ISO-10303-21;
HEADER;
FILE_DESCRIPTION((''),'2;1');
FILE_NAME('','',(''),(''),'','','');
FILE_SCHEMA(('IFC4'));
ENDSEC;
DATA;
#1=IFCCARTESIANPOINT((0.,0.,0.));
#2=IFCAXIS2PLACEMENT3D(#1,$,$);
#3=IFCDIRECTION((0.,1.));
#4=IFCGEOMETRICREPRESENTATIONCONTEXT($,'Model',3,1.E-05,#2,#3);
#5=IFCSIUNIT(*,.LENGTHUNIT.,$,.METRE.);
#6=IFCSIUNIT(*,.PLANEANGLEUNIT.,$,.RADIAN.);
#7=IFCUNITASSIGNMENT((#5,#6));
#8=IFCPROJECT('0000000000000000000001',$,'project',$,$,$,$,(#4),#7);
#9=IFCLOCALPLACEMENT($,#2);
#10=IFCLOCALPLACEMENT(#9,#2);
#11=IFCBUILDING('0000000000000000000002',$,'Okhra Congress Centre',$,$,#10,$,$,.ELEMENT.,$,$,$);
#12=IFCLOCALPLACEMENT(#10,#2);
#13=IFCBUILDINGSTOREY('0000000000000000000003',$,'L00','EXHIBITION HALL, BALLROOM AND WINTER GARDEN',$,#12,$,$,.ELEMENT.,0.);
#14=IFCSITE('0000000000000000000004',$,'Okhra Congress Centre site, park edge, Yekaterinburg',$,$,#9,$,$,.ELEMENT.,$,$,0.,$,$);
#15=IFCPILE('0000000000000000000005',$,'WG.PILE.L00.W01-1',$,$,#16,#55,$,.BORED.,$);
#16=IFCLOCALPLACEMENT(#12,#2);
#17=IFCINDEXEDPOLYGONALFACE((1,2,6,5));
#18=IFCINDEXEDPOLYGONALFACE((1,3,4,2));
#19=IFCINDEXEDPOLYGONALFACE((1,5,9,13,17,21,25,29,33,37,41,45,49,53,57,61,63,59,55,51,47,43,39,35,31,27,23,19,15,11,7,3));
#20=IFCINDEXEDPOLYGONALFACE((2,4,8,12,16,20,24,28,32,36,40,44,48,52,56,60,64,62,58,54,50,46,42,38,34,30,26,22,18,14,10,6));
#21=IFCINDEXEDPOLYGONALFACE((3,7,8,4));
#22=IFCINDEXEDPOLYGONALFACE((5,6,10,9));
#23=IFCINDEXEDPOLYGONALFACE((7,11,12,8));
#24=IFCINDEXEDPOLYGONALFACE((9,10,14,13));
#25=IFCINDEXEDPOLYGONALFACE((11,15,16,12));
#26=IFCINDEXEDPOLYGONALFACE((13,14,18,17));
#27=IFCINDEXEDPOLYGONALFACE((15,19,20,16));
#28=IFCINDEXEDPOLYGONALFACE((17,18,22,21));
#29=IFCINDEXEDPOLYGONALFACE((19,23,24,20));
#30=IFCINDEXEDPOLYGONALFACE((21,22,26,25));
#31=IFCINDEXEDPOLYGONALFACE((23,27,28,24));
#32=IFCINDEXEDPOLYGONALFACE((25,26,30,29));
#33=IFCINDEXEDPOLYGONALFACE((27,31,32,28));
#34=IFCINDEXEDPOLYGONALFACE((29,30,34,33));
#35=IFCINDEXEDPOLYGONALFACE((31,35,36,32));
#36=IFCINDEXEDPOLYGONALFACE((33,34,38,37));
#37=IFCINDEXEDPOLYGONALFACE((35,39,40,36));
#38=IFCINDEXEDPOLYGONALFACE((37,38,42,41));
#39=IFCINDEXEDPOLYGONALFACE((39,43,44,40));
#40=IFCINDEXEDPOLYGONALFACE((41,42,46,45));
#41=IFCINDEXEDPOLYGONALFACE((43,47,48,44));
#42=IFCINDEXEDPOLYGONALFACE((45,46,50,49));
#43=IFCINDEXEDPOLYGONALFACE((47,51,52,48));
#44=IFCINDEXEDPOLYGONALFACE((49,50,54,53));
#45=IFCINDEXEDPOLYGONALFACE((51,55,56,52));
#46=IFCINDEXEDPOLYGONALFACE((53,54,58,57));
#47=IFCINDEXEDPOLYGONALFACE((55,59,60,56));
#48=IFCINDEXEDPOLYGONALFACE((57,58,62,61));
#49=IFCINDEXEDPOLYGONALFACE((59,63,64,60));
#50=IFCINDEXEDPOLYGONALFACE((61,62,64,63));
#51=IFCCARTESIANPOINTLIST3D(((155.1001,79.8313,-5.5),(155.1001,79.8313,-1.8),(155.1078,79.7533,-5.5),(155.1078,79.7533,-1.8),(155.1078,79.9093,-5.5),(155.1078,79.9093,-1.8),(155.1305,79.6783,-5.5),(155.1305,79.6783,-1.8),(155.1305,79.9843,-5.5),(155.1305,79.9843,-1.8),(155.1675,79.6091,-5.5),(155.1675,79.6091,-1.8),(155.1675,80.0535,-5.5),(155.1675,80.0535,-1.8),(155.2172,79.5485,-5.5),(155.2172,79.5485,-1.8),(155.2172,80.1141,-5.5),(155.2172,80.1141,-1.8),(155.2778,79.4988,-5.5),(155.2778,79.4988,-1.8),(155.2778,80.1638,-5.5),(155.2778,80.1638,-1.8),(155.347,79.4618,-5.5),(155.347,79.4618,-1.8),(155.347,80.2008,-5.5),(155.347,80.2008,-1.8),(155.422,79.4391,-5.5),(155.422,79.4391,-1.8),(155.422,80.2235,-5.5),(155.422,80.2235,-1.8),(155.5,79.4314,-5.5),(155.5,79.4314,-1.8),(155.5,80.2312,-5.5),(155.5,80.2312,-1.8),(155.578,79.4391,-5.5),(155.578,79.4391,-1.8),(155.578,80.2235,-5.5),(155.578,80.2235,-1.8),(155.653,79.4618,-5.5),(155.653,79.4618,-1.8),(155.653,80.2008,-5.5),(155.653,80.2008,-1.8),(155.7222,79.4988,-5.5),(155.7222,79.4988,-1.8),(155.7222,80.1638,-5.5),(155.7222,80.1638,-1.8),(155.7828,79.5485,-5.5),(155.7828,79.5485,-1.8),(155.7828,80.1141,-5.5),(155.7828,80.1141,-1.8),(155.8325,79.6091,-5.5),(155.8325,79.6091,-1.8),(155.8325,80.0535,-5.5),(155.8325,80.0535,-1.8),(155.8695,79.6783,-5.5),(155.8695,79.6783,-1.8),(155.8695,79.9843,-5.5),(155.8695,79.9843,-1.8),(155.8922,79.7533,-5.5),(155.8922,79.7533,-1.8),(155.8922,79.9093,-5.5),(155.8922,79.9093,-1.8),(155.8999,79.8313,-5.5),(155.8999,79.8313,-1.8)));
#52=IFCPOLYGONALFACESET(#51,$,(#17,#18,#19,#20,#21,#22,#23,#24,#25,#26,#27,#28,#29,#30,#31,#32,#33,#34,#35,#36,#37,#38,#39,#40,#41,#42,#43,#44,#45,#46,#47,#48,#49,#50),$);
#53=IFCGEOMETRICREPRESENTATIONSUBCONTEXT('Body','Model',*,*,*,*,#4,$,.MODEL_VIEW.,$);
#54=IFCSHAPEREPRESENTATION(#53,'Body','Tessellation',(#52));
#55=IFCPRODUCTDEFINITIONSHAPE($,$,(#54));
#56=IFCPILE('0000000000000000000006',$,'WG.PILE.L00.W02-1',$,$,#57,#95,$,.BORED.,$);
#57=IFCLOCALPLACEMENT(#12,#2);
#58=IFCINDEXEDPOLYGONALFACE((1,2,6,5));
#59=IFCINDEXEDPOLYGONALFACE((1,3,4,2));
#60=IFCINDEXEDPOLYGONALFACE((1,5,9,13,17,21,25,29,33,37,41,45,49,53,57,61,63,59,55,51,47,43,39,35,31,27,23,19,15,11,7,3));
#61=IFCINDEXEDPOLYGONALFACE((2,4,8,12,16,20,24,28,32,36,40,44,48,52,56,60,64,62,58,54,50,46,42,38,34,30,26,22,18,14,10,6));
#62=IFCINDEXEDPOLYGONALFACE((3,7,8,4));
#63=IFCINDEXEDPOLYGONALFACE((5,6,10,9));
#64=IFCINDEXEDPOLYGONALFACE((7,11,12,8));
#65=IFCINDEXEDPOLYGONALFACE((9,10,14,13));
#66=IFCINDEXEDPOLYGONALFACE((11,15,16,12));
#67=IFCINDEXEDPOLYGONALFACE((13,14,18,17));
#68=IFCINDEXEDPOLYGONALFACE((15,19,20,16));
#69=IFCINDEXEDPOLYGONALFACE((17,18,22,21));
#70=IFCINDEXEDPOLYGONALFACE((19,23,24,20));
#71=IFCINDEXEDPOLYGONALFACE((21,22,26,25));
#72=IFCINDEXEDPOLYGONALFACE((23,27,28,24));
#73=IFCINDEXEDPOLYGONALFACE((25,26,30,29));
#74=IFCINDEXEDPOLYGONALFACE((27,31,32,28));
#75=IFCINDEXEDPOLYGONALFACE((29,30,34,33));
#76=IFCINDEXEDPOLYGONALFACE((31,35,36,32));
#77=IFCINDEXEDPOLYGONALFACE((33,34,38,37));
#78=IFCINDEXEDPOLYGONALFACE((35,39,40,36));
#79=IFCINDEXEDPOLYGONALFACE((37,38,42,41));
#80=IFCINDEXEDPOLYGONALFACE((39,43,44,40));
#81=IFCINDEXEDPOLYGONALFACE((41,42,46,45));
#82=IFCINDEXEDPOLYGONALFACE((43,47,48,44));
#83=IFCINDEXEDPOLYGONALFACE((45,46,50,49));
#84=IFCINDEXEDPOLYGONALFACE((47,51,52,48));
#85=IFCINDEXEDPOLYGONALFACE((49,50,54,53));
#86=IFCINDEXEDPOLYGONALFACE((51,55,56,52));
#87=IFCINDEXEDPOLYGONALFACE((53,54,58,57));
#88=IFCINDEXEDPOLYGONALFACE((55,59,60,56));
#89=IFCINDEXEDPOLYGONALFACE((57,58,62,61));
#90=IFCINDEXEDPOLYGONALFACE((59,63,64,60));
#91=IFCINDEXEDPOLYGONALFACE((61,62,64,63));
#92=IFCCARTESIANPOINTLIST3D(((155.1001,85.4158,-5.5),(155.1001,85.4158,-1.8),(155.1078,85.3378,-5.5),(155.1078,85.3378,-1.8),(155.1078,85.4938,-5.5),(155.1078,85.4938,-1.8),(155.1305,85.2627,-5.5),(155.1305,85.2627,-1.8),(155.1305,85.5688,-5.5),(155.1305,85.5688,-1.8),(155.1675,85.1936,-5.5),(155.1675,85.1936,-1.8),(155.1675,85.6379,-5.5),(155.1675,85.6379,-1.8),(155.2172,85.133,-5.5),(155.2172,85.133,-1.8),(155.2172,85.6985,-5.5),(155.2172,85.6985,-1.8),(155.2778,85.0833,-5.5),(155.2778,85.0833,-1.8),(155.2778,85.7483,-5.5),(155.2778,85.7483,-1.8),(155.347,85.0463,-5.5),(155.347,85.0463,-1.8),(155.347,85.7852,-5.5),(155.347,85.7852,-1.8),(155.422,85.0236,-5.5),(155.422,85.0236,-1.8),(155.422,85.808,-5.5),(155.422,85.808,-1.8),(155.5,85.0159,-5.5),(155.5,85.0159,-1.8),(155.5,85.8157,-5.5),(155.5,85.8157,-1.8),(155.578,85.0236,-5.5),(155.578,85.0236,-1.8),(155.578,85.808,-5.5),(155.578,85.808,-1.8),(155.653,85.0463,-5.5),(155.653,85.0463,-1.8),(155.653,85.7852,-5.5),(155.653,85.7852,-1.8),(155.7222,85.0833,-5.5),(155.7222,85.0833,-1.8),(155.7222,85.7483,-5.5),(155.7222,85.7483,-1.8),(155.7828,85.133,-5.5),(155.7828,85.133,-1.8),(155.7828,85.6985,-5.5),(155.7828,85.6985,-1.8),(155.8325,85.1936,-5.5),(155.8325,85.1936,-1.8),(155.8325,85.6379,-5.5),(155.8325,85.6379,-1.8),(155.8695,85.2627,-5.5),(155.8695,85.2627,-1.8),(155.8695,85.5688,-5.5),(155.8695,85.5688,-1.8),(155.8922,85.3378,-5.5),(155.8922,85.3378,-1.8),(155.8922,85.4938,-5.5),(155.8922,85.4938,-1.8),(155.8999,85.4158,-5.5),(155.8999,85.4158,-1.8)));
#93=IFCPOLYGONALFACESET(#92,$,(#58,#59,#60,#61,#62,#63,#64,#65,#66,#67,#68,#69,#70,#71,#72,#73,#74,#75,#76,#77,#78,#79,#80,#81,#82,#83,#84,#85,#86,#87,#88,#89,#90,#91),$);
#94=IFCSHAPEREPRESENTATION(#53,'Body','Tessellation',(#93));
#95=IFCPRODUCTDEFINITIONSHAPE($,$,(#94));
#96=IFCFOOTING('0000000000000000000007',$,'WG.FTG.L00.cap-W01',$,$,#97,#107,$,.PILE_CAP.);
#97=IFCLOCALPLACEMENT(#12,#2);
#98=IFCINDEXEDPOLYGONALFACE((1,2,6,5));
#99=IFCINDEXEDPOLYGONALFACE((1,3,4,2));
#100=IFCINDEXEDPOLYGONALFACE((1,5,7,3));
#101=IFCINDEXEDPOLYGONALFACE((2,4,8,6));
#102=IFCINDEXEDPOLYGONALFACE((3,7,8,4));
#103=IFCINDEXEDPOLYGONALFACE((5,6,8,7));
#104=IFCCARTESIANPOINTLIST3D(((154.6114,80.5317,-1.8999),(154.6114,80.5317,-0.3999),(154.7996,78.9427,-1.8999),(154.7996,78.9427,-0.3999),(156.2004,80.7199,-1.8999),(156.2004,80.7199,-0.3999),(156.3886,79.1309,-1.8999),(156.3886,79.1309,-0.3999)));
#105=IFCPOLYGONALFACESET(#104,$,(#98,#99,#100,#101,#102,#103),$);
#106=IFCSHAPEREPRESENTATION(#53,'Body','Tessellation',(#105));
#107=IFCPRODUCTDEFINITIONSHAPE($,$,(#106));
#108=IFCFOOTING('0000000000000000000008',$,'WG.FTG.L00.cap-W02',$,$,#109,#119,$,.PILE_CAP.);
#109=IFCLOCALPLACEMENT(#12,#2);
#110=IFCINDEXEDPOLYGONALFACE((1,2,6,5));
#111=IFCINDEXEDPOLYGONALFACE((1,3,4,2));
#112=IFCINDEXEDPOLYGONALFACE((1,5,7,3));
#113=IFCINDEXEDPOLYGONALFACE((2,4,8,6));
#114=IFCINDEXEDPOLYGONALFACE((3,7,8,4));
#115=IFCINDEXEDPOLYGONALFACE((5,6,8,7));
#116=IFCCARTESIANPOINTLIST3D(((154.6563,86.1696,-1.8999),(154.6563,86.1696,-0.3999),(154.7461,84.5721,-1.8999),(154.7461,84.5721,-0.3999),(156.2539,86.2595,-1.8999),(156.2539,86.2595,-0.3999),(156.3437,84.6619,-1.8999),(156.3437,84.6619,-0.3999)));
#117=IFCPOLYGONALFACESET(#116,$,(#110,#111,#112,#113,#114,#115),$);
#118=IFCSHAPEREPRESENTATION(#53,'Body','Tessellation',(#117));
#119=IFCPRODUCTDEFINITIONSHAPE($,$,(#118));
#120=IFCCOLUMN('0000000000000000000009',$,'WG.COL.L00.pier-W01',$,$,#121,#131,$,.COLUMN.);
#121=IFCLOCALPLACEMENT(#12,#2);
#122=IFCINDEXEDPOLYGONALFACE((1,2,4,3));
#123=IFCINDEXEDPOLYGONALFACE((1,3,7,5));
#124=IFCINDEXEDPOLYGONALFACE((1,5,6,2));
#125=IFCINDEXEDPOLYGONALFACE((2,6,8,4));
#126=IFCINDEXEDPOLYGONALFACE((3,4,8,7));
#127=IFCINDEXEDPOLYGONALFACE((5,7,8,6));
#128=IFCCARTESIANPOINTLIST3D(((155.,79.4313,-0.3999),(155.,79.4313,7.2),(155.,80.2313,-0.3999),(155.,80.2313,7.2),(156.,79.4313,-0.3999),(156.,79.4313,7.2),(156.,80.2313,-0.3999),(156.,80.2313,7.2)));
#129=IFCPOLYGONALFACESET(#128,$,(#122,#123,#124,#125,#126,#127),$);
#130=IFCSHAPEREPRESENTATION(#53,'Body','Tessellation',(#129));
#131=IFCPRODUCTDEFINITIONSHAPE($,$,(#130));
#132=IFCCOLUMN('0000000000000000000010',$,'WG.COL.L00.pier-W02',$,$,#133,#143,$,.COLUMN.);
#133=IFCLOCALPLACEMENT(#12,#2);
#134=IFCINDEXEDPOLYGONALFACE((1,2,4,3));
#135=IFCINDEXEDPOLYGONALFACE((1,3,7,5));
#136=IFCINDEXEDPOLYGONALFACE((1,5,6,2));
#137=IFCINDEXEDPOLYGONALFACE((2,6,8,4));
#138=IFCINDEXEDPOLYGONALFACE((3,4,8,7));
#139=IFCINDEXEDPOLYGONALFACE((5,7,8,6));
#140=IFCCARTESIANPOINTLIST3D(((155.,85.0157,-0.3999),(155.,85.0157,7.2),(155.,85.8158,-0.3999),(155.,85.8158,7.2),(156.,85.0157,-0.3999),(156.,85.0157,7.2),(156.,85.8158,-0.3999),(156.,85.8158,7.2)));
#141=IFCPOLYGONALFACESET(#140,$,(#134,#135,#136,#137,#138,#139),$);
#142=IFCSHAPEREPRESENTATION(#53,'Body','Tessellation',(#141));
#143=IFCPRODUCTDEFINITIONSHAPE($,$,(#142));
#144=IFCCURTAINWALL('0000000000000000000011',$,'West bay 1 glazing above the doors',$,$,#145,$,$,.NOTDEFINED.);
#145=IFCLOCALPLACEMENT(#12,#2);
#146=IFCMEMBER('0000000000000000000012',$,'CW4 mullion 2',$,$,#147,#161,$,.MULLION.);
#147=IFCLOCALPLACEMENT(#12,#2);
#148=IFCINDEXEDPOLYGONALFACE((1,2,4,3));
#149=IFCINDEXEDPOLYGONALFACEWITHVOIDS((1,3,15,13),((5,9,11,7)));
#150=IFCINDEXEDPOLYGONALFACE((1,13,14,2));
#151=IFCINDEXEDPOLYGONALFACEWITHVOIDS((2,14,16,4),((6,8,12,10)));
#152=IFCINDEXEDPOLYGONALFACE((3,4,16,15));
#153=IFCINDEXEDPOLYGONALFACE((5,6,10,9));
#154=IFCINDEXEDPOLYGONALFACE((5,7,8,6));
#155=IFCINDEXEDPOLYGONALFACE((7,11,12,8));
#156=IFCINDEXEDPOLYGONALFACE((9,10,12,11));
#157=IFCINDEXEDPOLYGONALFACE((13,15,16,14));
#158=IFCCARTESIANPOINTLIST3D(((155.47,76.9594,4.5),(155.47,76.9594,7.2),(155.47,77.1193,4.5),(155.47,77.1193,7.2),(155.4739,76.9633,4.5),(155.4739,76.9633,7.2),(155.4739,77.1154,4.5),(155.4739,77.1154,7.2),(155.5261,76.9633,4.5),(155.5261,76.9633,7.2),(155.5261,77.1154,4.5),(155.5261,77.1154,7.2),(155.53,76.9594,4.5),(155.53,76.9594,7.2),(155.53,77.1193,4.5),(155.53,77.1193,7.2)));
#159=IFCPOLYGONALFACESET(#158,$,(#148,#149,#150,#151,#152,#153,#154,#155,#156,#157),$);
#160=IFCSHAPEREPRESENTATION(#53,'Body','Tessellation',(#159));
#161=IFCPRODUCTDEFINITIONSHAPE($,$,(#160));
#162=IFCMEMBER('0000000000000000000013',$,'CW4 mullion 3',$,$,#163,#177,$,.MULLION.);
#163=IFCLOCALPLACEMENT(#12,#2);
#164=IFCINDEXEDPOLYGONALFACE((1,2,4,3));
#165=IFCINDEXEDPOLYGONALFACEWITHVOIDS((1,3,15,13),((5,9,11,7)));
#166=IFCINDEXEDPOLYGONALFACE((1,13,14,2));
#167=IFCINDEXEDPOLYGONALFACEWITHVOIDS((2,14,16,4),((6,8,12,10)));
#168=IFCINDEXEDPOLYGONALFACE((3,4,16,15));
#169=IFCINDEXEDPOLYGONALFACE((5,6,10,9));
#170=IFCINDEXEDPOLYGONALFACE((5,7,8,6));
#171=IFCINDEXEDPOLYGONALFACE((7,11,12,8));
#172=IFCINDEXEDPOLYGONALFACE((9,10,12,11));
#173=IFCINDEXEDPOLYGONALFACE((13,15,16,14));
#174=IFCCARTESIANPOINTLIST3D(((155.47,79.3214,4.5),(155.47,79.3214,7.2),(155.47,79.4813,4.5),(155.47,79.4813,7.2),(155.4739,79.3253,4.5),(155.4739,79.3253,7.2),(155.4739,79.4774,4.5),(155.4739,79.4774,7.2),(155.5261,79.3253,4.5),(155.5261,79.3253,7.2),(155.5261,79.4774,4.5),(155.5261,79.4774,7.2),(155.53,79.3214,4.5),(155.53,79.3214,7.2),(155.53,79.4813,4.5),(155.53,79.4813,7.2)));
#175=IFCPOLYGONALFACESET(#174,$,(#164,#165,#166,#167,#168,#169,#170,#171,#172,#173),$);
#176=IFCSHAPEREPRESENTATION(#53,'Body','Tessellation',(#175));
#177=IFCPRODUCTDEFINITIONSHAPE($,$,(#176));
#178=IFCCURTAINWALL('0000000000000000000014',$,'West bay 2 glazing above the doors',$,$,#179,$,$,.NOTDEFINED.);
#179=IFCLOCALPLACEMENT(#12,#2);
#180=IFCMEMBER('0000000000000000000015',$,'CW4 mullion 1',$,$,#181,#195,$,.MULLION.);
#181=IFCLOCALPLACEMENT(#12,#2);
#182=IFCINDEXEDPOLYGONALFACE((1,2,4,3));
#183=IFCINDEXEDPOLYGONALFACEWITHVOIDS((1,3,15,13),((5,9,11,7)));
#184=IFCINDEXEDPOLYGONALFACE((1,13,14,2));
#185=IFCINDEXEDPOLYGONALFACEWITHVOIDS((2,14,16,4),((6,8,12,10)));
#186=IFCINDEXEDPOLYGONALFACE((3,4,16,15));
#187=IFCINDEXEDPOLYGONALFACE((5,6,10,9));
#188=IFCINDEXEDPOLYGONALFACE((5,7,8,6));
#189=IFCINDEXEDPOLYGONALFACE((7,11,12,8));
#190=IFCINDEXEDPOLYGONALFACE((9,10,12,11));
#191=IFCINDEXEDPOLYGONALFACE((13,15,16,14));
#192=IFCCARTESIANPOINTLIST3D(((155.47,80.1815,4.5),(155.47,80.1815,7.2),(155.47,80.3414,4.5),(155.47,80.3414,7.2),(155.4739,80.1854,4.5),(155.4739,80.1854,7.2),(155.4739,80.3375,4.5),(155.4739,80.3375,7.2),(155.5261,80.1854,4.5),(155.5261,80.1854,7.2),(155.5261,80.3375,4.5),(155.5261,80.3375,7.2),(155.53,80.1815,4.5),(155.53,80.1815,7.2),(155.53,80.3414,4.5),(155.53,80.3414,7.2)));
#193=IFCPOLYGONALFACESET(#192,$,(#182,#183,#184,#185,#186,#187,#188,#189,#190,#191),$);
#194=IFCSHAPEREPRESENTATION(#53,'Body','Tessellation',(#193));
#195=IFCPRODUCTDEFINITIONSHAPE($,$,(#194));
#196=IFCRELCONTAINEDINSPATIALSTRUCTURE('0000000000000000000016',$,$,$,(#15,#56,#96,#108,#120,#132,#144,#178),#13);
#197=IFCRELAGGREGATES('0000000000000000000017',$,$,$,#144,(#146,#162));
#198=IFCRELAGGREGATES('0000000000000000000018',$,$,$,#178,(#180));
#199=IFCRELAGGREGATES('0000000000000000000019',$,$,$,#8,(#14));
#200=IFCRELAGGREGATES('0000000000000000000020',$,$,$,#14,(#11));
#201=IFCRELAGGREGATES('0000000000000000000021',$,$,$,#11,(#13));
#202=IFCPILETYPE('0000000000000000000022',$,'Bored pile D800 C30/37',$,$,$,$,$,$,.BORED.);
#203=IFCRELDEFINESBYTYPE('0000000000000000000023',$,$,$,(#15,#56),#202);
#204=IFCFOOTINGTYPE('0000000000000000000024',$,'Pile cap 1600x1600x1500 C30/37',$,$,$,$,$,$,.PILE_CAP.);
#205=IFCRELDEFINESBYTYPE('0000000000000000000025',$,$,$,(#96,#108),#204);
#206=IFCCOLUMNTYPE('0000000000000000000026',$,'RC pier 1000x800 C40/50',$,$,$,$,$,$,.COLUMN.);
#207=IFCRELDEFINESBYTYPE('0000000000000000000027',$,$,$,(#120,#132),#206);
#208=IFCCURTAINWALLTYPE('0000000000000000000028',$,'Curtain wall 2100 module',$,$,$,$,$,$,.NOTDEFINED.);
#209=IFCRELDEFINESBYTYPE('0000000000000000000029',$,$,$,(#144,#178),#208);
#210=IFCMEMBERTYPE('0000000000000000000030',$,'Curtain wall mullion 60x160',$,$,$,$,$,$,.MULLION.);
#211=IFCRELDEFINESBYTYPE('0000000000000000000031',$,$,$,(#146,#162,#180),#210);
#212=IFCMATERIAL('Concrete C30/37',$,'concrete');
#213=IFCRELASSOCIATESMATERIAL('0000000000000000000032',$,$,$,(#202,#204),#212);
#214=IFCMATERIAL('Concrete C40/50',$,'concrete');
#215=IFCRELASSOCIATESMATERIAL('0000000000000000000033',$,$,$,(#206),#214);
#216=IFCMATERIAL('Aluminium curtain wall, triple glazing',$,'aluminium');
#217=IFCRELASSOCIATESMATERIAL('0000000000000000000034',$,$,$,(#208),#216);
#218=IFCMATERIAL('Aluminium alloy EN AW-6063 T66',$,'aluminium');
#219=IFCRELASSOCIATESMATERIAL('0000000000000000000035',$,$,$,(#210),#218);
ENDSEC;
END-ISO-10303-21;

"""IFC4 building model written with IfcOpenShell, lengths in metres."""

from ifc_helpers import new_model, si_unit, direction, frame, origin, origin_2d, place, context, subcontext, project, spatial, rectangle, hollow_rectangle, circle, extrude, material, material_profile, profile_set, type_object, element, aggregate, save


model = new_model("IFC4")

# Units and contexts
model_context = context("Model", 3, precision=1e-05, world=origin(), true_north=direction((0.0, 1.0)))
body_context = subcontext(model_context, "Body", "Model", "MODEL_VIEW")
ifc_project = project(units=[si_unit("LENGTHUNIT", "METRE"), si_unit("PLANEANGLEUNIT", "RADIAN")], contexts=[model_context])

# Site, building, storey
site_placement = place(None, origin())
site = spatial("IfcSite", under=ifc_project, at=site_placement, Name="Okhra Congress Centre site, park edge, Yekaterinburg", CompositionType="ELEMENT", RefElevation=0.0)
building_placement = place(site_placement, origin())
building = spatial("IfcBuilding", under=site, at=building_placement, Name="Okhra Congress Centre", CompositionType="ELEMENT")
storey_placement = place(building_placement, origin())
storey = spatial("IfcBuildingStorey", under=building, at=storey_placement, Name="L00", Description="EXHIBITION HALL, BALLROOM AND WINTER GARDEN", CompositionType="ELEMENT", Elevation=0.0)

# Piles
ifc_material_1 = material(Name="Concrete C30/37", Category="concrete")
ifc_material_profile_1 = material_profile(ifc_material_1, circle(Radius=0.3999, at=origin_2d()), Name="D800")
ifc_profile_set_1 = profile_set([ifc_material_profile_1], Name="Concrete C30/37")
pile_type = type_object("IfcPileType", Name="Bored pile D800 C30/37", PredefinedType="BORED", material=ifc_profile_set_1)
for number, where, z_axis, x_axis, name in (
    (1, (155.5, 79.8313, -1.8), (0.0, 0.0, -1.0), (1.0, 0.0, 0.0), "WG.PILE.L00.W01-1"),
    (2, (155.5, 85.4158, -1.8), (0.0, 0.0, -1.0), (1.0, 0.0, 0.0), "WG.PILE.L00.W02-1"),
):
    element("IfcPile", number, at=place(storey_placement, frame(where, z_axis=z_axis, x_axis=x_axis)), inside=storey, type_object=pile_type, Name=name, PredefinedType="BORED", context=body_context, shape_type="SweptSolid", body=[
        extrude(circle(Radius=0.3999, at=origin_2d()), origin(), (0.0, 0.0, 1.0), 3.7),
    ])

# Footings
footing_type = type_object("IfcFootingType", Name="Pile cap 1600x1600x1500 C30/37", PredefinedType="PILE_CAP", material=ifc_material_1)
for number, where, z_axis, x_axis, name in (
    (3, (155.5, 79.8313, -1.8999), (0.0, 0.0, 1.0), (0.993056, 0.117644, 0.0), "WG.FTG.L00.cap-W01"),
    (4, (155.5, 85.4158, -1.8999), (0.0, 0.0, 1.0), (0.998422, 0.056159, 0.0), "WG.FTG.L00.cap-W02"),
):
    element("IfcFooting", number, at=place(storey_placement, frame(where, z_axis=z_axis, x_axis=x_axis)), inside=storey, type_object=footing_type, Name=name, PredefinedType="PILE_CAP", context=body_context, shape_type="SweptSolid", body=[
        extrude(rectangle(XDim=1.6001, YDim=1.6001, at=origin_2d()), origin(), (0.0, 0.0, 1.0), 1.5),
    ])

# Columns
ifc_material_2 = material(Name="Concrete C40/50", Category="concrete")
ifc_material_profile_2 = material_profile(ifc_material_2, rectangle(XDim=1.0, YDim=0.8, at=origin_2d()), Name="RC 1000x800")
ifc_profile_set_2 = profile_set([ifc_material_profile_2], Name="Concrete C40/50")
column_type = type_object("IfcColumnType", Name="RC pier 1000x800 C40/50", PredefinedType="COLUMN", material=ifc_profile_set_2)
for number, where, z_axis, x_axis, name in (
    (5, (155.5, 79.8313, -0.3999), (0.0, 0.0, 1.0), (1.0, 0.0, 0.0), "WG.COL.L00.pier-W01"),
    (6, (155.5, 85.4158, -0.3999), (0.0, 0.0, 1.0), (1.0, 0.0, 0.0), "WG.COL.L00.pier-W02"),
):
    element("IfcColumn", number, at=place(storey_placement, frame(where, z_axis=z_axis, x_axis=x_axis)), inside=storey, type_object=column_type, Name=name, PredefinedType="COLUMN", context=body_context, shape_type="SweptSolid", body=[
        extrude(rectangle(XDim=1.0, YDim=0.8, at=origin_2d()), origin(), (0.0, 0.0, 1.0), 7.5999),
    ])

# Curtain walls, members
ifc_material_3 = material(Name="Aluminium curtain wall, triple glazing", Category="aluminium")
curtain_wall_type_1 = type_object("IfcCurtainWallType", Name="Curtain wall 2100 module", PredefinedType="NOTDEFINED", material=ifc_material_3)
curtain_wall_1_placement = place(storey_placement, origin())
curtain_wall_1 = element("IfcCurtainWall", 7, at=curtain_wall_1_placement, inside=storey, type_object=curtain_wall_type_1, Name="West bay 1 glazing above the doors", PredefinedType="NOTDEFINED")
ifc_material_4 = material(Name="Aluminium alloy EN AW-6063 T66", Category="aluminium")
ifc_material_profile_3 = material_profile(ifc_material_4, hollow_rectangle(XDim=0.0601, YDim=0.1599, WallThickness=0.0039, at=origin_2d()), Name="RHS 60x160x4")
ifc_profile_set_3 = profile_set([ifc_material_profile_3], Name="Aluminium alloy EN AW-6063 T66")
member_type_1 = type_object("IfcMemberType", Name="Curtain wall mullion 60x160", PredefinedType="MULLION", material=ifc_profile_set_3)
member_1_placement = place(storey_placement, frame((155.5, 77.0393, 4.5), z_axis=(0.0, 0.0, 1.0), x_axis=(-1.0, 0.0, 0.0)))
member_1 = element("IfcMember", 8, at=member_1_placement, type_object=member_type_1, Name="CW4 mullion 2", PredefinedType="MULLION", context=body_context, shape_type="SweptSolid", body=[
    extrude(hollow_rectangle(XDim=0.0601, YDim=0.1599, WallThickness=0.0039, at=origin_2d()), origin(), (0.0, 0.0, 1.0), 2.7),
])
member_2_placement = place(storey_placement, frame((155.5, 79.4014, 4.5), z_axis=(0.0, 0.0, 1.0), x_axis=(-1.0, 0.0, 0.0)))
member_2 = element("IfcMember", 9, at=member_2_placement, type_object=member_type_1, Name="CW4 mullion 3", PredefinedType="MULLION", context=body_context, shape_type="SweptSolid", body=[
    extrude(hollow_rectangle(XDim=0.0601, YDim=0.1599, WallThickness=0.0039, at=origin_2d()), origin(), (0.0, 0.0, 1.0), 2.7),
])
curtain_wall_2_placement = place(storey_placement, origin())
curtain_wall_2 = element("IfcCurtainWall", 10, at=curtain_wall_2_placement, inside=storey, type_object=curtain_wall_type_1, Name="West bay 2 glazing above the doors", PredefinedType="NOTDEFINED")
member_3_placement = place(storey_placement, frame((155.5, 80.2615, 4.5), z_axis=(0.0, 0.0, 1.0), x_axis=(-1.0, 0.0, 0.0)))
member_3 = element("IfcMember", 11, at=member_3_placement, type_object=member_type_1, Name="CW4 mullion 1", PredefinedType="MULLION", context=body_context, shape_type="SweptSolid", body=[
    extrude(hollow_rectangle(XDim=0.0601, YDim=0.1599, WallThickness=0.0039, at=origin_2d()), origin(), (0.0, 0.0, 1.0), 2.7),
])

aggregate(curtain_wall_1, [member_1, member_2])
aggregate(curtain_wall_2, [member_3])

save(model, "model.ifc")
